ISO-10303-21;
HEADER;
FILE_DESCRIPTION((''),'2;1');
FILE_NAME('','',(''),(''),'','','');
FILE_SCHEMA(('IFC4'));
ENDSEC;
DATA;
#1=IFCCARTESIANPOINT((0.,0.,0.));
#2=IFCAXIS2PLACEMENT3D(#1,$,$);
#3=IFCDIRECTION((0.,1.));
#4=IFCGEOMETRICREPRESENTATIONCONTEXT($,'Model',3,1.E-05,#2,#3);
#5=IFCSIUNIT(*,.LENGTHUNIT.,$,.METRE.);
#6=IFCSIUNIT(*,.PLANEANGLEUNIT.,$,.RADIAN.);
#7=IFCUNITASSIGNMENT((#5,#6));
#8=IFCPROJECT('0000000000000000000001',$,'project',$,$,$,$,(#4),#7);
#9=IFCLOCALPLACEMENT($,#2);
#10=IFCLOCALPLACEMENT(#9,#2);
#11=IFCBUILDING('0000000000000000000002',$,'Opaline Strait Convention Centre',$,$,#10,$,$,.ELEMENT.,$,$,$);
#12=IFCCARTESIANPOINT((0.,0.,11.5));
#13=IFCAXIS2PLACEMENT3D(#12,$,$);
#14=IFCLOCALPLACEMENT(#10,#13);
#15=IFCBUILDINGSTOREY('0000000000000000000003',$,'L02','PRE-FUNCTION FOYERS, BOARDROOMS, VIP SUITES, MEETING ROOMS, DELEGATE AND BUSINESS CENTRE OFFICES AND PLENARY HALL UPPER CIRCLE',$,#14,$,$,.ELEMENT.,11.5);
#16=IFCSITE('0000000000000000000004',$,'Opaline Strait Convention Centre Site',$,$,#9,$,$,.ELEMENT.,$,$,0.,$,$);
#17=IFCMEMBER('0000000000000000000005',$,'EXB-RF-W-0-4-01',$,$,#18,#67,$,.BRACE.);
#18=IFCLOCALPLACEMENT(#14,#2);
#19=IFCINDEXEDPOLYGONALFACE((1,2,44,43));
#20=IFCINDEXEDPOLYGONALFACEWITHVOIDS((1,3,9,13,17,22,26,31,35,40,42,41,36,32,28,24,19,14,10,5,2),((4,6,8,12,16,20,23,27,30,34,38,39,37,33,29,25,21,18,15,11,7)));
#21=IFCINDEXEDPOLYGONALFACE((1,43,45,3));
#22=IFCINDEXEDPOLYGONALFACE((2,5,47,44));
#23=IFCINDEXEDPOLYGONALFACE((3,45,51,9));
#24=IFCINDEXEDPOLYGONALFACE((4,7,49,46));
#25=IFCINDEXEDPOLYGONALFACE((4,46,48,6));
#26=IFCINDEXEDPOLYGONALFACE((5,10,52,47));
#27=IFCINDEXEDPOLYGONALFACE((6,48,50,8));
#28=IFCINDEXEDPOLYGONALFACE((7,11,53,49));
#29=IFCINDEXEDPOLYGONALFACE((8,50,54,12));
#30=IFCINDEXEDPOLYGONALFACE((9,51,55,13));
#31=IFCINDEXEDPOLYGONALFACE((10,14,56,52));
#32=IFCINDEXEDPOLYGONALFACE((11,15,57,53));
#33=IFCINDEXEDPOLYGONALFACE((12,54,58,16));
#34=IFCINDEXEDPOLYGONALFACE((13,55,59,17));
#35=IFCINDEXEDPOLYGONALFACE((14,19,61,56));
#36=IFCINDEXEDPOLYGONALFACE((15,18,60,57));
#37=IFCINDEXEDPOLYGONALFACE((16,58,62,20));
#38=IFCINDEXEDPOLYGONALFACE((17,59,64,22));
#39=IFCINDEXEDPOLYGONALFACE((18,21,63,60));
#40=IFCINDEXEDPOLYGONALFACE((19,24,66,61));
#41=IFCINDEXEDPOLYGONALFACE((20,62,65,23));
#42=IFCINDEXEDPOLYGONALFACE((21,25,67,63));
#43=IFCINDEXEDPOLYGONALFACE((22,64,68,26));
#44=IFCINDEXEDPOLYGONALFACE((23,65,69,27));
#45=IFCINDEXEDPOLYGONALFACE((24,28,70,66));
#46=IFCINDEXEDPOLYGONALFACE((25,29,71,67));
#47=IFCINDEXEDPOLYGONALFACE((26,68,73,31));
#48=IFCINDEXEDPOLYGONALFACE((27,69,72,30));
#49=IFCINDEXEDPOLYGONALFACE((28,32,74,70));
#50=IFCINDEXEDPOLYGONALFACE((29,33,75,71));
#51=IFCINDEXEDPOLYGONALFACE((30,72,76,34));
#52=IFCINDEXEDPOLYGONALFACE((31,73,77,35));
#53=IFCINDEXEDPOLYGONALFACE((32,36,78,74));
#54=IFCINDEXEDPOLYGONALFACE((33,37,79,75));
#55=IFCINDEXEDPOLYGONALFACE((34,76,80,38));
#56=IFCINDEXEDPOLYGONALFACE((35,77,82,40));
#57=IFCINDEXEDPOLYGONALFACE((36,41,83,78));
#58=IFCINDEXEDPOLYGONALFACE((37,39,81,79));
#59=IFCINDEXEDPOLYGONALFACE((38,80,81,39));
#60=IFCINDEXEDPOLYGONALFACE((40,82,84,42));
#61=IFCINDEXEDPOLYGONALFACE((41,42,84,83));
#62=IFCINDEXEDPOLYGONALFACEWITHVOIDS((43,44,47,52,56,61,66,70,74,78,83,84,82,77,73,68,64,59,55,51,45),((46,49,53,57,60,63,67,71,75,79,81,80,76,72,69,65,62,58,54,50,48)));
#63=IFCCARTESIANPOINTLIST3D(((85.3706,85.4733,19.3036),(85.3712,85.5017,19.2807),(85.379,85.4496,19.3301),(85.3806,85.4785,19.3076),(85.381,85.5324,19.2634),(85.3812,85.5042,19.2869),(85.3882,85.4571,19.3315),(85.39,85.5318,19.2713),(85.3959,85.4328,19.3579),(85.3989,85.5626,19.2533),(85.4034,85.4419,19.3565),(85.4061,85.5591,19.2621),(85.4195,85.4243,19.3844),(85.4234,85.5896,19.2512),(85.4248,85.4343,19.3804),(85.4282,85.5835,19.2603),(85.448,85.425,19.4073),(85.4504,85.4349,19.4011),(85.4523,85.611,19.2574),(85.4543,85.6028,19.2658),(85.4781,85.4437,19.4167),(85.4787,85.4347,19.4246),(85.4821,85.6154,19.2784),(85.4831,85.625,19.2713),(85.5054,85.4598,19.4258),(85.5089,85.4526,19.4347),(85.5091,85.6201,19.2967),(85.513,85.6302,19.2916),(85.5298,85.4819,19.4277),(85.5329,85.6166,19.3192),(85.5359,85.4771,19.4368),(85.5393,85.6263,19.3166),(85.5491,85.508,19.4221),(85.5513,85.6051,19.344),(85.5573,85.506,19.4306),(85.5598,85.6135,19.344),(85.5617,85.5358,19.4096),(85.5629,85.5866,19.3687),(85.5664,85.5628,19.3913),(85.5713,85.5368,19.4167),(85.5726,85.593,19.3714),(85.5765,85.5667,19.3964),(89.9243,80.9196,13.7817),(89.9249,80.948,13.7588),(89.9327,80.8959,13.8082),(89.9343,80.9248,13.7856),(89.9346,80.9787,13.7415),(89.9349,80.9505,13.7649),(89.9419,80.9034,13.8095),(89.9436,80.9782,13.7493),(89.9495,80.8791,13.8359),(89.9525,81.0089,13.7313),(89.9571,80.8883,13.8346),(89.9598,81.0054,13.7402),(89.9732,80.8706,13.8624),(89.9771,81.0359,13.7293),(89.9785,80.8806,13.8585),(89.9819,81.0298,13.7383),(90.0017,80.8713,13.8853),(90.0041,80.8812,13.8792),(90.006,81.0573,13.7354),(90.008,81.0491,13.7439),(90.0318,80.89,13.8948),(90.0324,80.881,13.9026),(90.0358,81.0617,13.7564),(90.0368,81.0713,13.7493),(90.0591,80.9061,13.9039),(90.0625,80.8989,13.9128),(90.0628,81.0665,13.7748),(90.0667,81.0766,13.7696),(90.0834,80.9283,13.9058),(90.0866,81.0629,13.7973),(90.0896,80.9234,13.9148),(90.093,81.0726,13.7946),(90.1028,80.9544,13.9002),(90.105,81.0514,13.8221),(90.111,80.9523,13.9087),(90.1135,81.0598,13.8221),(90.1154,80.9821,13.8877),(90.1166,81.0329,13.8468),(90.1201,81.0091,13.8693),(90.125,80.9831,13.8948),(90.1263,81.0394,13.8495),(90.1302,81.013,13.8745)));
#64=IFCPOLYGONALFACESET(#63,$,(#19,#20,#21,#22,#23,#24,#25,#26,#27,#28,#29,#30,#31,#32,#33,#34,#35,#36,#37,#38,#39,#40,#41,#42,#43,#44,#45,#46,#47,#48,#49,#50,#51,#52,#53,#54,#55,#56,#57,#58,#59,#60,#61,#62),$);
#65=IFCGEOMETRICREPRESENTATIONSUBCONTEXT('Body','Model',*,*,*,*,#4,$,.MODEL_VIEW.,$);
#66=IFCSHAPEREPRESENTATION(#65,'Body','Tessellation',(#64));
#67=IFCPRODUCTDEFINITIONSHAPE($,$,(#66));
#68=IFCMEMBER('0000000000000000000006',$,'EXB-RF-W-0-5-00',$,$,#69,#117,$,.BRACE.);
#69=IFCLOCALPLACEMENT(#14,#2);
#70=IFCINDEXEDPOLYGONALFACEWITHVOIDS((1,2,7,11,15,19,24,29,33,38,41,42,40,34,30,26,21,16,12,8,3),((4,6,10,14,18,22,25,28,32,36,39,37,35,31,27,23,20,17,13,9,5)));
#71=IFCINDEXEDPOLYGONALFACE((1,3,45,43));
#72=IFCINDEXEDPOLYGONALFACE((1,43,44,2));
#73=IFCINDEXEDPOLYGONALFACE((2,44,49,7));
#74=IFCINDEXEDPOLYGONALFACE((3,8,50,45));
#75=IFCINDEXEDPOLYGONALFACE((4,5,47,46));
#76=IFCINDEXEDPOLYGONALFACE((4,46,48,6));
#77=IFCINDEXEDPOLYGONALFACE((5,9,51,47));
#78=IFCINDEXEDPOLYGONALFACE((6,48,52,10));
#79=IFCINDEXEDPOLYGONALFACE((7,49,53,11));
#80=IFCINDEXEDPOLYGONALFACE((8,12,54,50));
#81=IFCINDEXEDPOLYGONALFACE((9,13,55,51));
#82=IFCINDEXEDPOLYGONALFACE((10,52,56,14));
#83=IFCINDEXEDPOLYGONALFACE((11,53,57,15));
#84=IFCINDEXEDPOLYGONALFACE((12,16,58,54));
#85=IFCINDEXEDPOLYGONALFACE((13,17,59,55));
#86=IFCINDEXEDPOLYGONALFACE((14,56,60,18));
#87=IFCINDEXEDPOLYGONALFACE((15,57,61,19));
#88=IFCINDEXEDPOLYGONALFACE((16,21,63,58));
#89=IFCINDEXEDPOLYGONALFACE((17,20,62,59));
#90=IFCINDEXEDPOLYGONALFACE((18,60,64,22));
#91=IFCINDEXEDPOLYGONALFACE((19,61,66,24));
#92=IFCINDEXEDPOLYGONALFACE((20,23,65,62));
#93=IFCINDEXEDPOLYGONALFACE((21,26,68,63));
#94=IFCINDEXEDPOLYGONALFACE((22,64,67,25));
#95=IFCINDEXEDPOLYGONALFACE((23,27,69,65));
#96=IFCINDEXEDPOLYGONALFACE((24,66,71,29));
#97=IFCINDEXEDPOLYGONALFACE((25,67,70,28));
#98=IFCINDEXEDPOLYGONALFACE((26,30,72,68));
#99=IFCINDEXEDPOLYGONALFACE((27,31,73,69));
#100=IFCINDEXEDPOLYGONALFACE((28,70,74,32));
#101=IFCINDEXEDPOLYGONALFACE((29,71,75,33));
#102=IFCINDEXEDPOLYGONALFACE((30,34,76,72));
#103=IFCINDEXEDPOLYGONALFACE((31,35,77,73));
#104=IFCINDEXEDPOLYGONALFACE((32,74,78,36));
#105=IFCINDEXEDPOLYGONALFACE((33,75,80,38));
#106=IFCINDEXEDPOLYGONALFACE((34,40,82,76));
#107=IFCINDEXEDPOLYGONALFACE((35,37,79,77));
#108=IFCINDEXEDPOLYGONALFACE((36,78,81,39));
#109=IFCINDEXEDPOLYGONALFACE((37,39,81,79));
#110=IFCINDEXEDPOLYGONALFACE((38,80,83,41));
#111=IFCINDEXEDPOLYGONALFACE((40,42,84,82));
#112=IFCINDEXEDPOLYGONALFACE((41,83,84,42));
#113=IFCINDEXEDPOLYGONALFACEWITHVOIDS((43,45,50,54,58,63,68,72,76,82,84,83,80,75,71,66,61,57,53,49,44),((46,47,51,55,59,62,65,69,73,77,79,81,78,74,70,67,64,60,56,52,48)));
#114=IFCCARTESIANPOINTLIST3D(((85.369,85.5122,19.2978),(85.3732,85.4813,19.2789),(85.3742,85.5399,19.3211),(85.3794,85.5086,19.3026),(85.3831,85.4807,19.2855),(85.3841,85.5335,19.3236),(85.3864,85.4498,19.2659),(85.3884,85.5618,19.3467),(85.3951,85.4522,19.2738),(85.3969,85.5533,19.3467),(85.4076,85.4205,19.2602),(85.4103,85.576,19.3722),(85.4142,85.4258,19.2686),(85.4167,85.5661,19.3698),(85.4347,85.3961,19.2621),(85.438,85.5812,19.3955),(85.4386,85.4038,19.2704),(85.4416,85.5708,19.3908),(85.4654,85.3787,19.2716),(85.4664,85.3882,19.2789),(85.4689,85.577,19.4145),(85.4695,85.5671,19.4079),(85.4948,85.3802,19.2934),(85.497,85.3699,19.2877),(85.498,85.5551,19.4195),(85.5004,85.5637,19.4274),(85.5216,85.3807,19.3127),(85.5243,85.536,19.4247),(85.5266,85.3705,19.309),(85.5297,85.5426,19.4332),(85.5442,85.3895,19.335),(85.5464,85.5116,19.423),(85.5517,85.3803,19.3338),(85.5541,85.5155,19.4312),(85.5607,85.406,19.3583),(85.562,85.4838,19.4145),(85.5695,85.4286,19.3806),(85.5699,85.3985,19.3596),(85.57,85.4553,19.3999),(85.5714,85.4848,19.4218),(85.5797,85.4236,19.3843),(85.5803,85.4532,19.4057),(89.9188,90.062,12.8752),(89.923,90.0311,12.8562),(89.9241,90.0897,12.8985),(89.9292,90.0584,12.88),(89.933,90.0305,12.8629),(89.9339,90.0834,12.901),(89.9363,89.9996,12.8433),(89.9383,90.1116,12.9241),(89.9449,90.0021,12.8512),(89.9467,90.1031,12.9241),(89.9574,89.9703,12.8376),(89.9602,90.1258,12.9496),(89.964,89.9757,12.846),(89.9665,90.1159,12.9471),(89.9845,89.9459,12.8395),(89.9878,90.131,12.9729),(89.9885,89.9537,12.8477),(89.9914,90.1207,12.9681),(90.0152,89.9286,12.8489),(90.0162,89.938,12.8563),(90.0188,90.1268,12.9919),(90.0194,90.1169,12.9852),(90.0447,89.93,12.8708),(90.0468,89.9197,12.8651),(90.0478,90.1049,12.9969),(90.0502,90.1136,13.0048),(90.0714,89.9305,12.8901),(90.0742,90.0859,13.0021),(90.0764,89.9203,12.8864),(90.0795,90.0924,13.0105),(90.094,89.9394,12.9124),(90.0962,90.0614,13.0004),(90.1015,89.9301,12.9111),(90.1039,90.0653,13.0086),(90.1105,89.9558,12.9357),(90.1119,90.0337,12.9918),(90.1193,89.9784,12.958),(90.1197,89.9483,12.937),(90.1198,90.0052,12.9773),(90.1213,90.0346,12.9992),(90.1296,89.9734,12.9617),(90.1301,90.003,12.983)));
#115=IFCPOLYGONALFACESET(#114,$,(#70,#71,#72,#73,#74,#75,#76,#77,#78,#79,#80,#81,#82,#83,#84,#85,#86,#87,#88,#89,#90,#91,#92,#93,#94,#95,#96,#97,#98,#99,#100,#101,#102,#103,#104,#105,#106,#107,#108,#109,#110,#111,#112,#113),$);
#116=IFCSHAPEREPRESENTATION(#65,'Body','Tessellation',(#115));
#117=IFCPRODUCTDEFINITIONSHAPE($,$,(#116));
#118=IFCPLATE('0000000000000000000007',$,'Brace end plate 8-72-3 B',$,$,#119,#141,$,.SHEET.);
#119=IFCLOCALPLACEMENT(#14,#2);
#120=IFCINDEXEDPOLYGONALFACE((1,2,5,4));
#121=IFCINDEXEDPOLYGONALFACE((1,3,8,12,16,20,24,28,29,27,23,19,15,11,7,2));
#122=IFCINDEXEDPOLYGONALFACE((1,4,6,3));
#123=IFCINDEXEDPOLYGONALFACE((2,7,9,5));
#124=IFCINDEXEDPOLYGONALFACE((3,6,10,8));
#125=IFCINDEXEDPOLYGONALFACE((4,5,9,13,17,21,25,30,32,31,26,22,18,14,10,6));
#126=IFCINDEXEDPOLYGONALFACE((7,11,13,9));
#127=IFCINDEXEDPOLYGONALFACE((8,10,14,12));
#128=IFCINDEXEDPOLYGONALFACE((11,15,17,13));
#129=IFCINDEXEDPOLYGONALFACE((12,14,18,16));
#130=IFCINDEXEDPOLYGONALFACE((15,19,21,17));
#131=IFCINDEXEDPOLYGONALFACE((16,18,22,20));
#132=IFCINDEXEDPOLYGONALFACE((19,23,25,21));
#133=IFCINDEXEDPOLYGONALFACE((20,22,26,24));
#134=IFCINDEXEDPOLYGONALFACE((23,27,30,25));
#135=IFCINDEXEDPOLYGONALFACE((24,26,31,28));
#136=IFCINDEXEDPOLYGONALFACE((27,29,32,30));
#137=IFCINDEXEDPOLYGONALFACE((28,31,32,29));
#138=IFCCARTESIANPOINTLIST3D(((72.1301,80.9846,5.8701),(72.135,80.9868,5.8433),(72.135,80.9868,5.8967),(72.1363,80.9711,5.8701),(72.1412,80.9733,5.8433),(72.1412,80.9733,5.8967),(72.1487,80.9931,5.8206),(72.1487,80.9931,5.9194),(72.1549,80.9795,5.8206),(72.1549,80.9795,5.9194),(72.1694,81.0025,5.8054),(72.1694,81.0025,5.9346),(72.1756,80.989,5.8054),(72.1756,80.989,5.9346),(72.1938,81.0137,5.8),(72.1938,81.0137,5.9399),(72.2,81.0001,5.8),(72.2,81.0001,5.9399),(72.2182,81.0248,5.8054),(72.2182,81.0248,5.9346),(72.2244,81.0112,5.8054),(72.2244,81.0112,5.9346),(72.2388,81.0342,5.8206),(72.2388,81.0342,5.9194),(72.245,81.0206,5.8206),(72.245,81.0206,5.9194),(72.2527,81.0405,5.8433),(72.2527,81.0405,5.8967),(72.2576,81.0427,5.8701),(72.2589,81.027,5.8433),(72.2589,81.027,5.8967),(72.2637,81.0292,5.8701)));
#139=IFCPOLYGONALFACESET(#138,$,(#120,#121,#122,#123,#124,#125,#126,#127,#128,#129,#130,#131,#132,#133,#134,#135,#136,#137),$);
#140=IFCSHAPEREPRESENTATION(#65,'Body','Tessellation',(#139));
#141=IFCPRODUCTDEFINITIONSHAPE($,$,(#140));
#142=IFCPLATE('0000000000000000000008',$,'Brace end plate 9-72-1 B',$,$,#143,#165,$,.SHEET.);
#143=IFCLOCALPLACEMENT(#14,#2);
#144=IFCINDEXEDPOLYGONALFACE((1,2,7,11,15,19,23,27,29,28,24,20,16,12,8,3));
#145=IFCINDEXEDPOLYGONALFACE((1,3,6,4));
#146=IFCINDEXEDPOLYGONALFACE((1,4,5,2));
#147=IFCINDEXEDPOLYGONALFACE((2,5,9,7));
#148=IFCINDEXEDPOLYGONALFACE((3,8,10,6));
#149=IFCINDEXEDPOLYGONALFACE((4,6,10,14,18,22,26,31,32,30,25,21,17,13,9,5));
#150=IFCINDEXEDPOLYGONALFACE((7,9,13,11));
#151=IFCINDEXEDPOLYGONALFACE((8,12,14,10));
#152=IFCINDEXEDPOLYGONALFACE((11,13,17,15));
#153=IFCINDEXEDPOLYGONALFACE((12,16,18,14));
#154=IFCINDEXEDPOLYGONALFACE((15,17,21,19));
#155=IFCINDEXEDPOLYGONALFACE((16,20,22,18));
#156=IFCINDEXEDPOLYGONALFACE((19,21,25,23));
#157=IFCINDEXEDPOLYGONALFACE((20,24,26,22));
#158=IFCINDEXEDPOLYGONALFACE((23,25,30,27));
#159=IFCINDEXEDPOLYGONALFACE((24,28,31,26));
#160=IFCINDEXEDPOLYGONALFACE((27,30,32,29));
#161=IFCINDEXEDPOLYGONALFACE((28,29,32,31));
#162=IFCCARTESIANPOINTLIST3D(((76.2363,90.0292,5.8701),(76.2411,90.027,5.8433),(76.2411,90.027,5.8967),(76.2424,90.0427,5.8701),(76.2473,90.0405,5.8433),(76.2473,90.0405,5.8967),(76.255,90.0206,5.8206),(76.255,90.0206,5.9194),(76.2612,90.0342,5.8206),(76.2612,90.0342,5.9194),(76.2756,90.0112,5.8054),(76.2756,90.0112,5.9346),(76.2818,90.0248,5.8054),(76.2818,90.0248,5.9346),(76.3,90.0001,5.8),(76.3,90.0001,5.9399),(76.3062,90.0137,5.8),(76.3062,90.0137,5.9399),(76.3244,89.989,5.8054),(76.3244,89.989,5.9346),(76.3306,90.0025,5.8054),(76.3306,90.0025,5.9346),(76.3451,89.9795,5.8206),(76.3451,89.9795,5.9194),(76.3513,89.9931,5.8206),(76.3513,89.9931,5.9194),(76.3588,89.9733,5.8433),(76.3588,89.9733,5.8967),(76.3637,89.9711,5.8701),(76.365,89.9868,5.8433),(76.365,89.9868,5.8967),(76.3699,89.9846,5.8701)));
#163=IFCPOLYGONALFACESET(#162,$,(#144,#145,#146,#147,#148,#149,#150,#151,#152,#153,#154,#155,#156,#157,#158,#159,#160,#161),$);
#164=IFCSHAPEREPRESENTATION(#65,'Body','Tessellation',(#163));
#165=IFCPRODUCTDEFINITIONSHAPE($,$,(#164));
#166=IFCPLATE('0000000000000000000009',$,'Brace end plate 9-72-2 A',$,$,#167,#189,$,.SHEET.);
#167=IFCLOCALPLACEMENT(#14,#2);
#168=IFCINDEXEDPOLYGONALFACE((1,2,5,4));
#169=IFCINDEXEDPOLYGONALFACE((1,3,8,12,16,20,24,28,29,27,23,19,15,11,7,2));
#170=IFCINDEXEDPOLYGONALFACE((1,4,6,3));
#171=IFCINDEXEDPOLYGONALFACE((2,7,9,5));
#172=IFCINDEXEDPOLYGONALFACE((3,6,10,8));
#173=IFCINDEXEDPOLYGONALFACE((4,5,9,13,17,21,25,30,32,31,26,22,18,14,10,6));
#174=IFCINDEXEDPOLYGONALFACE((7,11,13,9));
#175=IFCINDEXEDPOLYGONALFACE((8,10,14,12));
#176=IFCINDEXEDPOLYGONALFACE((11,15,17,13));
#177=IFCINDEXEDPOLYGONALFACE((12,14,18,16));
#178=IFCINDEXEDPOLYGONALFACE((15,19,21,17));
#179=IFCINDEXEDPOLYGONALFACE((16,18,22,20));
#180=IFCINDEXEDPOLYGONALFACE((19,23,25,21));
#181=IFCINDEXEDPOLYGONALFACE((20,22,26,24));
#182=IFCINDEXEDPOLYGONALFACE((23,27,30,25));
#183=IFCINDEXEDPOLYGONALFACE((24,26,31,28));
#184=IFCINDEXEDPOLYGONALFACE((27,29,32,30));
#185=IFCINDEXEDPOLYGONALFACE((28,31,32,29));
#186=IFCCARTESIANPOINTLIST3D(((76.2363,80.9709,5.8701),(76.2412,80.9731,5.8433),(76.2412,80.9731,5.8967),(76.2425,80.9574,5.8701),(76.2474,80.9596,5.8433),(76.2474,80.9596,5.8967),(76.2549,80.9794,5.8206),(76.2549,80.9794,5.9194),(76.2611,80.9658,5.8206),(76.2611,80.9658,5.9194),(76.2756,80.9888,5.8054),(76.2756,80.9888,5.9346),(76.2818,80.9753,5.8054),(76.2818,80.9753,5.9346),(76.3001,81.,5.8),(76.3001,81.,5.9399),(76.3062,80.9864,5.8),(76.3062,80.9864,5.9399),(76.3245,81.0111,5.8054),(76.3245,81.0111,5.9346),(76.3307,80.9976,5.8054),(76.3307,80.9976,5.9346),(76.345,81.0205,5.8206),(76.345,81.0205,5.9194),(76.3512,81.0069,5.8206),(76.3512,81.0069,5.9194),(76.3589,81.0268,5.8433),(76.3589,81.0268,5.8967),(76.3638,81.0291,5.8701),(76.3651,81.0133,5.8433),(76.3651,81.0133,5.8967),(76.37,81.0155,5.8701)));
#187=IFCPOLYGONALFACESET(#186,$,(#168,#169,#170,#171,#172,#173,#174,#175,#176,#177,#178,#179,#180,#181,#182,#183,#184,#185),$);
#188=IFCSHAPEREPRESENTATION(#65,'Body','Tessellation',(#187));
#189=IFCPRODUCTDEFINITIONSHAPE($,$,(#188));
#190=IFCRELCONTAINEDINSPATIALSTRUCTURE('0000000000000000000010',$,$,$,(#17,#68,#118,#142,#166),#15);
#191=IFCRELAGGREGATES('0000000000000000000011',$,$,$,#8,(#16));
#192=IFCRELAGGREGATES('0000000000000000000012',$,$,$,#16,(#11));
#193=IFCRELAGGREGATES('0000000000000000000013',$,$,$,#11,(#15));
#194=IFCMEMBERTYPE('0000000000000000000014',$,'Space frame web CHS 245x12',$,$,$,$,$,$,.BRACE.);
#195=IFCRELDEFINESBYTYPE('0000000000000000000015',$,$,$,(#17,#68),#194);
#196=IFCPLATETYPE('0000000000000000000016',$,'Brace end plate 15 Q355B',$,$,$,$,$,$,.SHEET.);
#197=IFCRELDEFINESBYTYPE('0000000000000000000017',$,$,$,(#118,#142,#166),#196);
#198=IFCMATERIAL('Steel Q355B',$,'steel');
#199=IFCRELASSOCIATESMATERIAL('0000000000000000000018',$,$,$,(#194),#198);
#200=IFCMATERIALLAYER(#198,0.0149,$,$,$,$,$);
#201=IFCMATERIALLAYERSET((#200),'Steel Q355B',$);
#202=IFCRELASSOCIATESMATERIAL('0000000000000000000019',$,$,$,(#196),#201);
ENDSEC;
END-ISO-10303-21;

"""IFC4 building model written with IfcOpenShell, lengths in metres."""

from ifc_helpers import new_model, si_unit, direction, frame, origin, origin_2d, place, context, subcontext, project, spatial, polyline, hollow_circle, outline, extrude, material, layer, layer_set, material_profile, profile_set, type_object, element, save


model = new_model("IFC4")

# Units and contexts
model_context = context("Model", 3, precision=1e-05, world=origin(), true_north=direction((0.0, 1.0)))
body_context = subcontext(model_context, "Body", "Model", "MODEL_VIEW")
ifc_project = project(units=[si_unit("LENGTHUNIT", "METRE"), si_unit("PLANEANGLEUNIT", "RADIAN")], contexts=[model_context])

# Site, building, storey
site_placement = place(None, origin())
site = spatial("IfcSite", under=ifc_project, at=site_placement, Name="Opaline Strait Convention Centre Site", CompositionType="ELEMENT", RefElevation=0.0)
building_placement = place(site_placement, origin())
building = spatial("IfcBuilding", under=site, at=building_placement, Name="Opaline Strait Convention Centre", CompositionType="ELEMENT")
storey_placement = place(building_placement, frame((0.0, 0.0, 11.5)))
storey = spatial("IfcBuildingStorey", under=building, at=storey_placement, Name="L02", Description="PRE-FUNCTION FOYERS, BOARDROOMS, VIP SUITES, MEETING ROOMS, DELEGATE AND BUSINESS CENTRE OFFICES AND PLENARY HALL UPPER CIRCLE", CompositionType="ELEMENT", Elevation=11.5)

# Members
ifc_material_1 = material(Name="Steel Q355B", Category="steel")
ifc_material_profile_1 = material_profile(ifc_material_1, hollow_circle(Radius=0.1226, WallThickness=0.012, at=origin_2d()), Name="CHS 245x12")
ifc_profile_set_1 = profile_set([ifc_material_profile_1], Name="Steel Q355B")
member_type_1 = type_object("IfcMemberType", Name="Space frame web CHS 245x12", PredefinedType="BRACE", material=ifc_profile_set_1)
member_1_placement = place(storey_placement, frame((85.4731, 85.5269, 19.344), z_axis=(0.536791, -0.536791, -0.65093), x_axis=(0.707107, 0.707107, 0.0)))
element("IfcMember", 1, at=member_1_placement, inside=storey, type_object=member_type_1, Name="EXB-RF-W-0-4-01", PredefinedType="BRACE", context=body_context, shape_type="SweptSolid", body=[
    extrude(hollow_circle(Radius=0.1226, WallThickness=0.012, at=origin_2d()), origin(), (0.0, 0.0, 1.0), 8.4832),
])
member_2_placement = place(storey_placement, frame((85.4751, 85.4751, 19.3467), z_axis=(0.500458, 0.500458, -0.706458), x_axis=(-0.707107, 0.707107, 0.0)))
element("IfcMember", 2, at=member_2_placement, inside=storey, type_object=member_type_1, Name="EXB-RF-W-0-5-00", PredefinedType="BRACE", context=body_context, shape_type="SweptSolid", body=[
    extrude(hollow_circle(Radius=0.1226, WallThickness=0.012, at=origin_2d()), origin(), (0.0, 0.0, 1.0), 9.0913),
])

# Plates
ifc_layer_1 = layer(ifc_material_1, 0.0149)
ifc_layer_set_1 = layer_set([ifc_layer_1], Name="Steel Q355B")
plate_type = type_object("IfcPlateType", Name="Brace end plate 15 Q355B", PredefinedType="SHEET", material=ifc_layer_set_1)
plate_1_placement = place(storey_placement, frame((72.2576, 81.0427, 5.8701), z_axis=(-0.414837, 0.909896, 0.0), x_axis=(-0.177911, -0.081112, -0.980698)))
element("IfcPlate", 3, at=plate_1_placement, inside=storey, type_object=plate_type, Name="Brace end plate 8-72-3 B", PredefinedType="SHEET", context=body_context, shape_type="SweptSolid", body=[
    extrude(outline(polyline([(0.0, 0.0), (0.0274, 0.0), (0.0526, 0.0106), (0.0719, 0.0298), (0.0824, 0.055), (0.0824, 0.0824), (0.072, 0.1076), (0.0527, 0.1269), (0.0274, 0.1374), (0.0002, 0.1373), (-0.025, 0.127), (-0.0443, 0.1076), (-0.0548, 0.0823), (-0.0548, 0.055), (-0.0443, 0.0299), (-0.0251, 0.0105), (0.0, 0.0)])), origin(), (0.0, 0.0, -1.0), 0.0149),
])
plate_2_placement = place(storey_placement, frame((76.3699, 89.9846, 5.8701), z_axis=(0.414837, 0.909896, 0.0), x_axis=(-0.177911, 0.081112, -0.980698)))
element("IfcPlate", 4, at=plate_2_placement, inside=storey, type_object=plate_type, Name="Brace end plate 9-72-1 B", PredefinedType="SHEET", context=body_context, shape_type="SweptSolid", body=[
    extrude(outline(polyline([(0.0, 0.0), (0.0274, 0.0), (0.0526, 0.0103), (0.0719, 0.0297), (0.0824, 0.055), (0.0824, 0.0823), (0.072, 0.1074), (0.0527, 0.1269), (0.0274, 0.1374), (0.0002, 0.1373), (-0.025, 0.1268), (-0.0443, 0.1075), (-0.0548, 0.0823), (-0.0548, 0.0549), (-0.0444, 0.0297), (-0.0251, 0.0105), (0.0, 0.0)])), origin(), (0.0, 0.0, -1.0), 0.0149),
])
plate_3_placement = place(storey_placement, frame((76.3638, 81.0291, 5.8701), z_axis=(-0.415113, 0.90977, 0.0), x_axis=(-0.177886, -0.081166, -0.980698)))
element("IfcPlate", 5, at=plate_3_placement, inside=storey, type_object=plate_type, Name="Brace end plate 9-72-2 A", PredefinedType="SHEET", context=body_context, shape_type="SweptSolid", body=[
    extrude(outline(polyline([(0.0, 0.0), (0.0274, 0.0), (0.0526, 0.0106), (0.0719, 0.0297), (0.0824, 0.055), (0.0824, 0.0824), (0.072, 0.1076), (0.0527, 0.1269), (0.0274, 0.1374), (0.0002, 0.1373), (-0.025, 0.127), (-0.0443, 0.1076), (-0.0548, 0.0823), (-0.0548, 0.0549), (-0.0443, 0.0299), (-0.0251, 0.0105), (0.0, 0.0)])), origin(), (0.0, 0.0, -1.0), 0.0149),
])

save(model, "model.ifc")
